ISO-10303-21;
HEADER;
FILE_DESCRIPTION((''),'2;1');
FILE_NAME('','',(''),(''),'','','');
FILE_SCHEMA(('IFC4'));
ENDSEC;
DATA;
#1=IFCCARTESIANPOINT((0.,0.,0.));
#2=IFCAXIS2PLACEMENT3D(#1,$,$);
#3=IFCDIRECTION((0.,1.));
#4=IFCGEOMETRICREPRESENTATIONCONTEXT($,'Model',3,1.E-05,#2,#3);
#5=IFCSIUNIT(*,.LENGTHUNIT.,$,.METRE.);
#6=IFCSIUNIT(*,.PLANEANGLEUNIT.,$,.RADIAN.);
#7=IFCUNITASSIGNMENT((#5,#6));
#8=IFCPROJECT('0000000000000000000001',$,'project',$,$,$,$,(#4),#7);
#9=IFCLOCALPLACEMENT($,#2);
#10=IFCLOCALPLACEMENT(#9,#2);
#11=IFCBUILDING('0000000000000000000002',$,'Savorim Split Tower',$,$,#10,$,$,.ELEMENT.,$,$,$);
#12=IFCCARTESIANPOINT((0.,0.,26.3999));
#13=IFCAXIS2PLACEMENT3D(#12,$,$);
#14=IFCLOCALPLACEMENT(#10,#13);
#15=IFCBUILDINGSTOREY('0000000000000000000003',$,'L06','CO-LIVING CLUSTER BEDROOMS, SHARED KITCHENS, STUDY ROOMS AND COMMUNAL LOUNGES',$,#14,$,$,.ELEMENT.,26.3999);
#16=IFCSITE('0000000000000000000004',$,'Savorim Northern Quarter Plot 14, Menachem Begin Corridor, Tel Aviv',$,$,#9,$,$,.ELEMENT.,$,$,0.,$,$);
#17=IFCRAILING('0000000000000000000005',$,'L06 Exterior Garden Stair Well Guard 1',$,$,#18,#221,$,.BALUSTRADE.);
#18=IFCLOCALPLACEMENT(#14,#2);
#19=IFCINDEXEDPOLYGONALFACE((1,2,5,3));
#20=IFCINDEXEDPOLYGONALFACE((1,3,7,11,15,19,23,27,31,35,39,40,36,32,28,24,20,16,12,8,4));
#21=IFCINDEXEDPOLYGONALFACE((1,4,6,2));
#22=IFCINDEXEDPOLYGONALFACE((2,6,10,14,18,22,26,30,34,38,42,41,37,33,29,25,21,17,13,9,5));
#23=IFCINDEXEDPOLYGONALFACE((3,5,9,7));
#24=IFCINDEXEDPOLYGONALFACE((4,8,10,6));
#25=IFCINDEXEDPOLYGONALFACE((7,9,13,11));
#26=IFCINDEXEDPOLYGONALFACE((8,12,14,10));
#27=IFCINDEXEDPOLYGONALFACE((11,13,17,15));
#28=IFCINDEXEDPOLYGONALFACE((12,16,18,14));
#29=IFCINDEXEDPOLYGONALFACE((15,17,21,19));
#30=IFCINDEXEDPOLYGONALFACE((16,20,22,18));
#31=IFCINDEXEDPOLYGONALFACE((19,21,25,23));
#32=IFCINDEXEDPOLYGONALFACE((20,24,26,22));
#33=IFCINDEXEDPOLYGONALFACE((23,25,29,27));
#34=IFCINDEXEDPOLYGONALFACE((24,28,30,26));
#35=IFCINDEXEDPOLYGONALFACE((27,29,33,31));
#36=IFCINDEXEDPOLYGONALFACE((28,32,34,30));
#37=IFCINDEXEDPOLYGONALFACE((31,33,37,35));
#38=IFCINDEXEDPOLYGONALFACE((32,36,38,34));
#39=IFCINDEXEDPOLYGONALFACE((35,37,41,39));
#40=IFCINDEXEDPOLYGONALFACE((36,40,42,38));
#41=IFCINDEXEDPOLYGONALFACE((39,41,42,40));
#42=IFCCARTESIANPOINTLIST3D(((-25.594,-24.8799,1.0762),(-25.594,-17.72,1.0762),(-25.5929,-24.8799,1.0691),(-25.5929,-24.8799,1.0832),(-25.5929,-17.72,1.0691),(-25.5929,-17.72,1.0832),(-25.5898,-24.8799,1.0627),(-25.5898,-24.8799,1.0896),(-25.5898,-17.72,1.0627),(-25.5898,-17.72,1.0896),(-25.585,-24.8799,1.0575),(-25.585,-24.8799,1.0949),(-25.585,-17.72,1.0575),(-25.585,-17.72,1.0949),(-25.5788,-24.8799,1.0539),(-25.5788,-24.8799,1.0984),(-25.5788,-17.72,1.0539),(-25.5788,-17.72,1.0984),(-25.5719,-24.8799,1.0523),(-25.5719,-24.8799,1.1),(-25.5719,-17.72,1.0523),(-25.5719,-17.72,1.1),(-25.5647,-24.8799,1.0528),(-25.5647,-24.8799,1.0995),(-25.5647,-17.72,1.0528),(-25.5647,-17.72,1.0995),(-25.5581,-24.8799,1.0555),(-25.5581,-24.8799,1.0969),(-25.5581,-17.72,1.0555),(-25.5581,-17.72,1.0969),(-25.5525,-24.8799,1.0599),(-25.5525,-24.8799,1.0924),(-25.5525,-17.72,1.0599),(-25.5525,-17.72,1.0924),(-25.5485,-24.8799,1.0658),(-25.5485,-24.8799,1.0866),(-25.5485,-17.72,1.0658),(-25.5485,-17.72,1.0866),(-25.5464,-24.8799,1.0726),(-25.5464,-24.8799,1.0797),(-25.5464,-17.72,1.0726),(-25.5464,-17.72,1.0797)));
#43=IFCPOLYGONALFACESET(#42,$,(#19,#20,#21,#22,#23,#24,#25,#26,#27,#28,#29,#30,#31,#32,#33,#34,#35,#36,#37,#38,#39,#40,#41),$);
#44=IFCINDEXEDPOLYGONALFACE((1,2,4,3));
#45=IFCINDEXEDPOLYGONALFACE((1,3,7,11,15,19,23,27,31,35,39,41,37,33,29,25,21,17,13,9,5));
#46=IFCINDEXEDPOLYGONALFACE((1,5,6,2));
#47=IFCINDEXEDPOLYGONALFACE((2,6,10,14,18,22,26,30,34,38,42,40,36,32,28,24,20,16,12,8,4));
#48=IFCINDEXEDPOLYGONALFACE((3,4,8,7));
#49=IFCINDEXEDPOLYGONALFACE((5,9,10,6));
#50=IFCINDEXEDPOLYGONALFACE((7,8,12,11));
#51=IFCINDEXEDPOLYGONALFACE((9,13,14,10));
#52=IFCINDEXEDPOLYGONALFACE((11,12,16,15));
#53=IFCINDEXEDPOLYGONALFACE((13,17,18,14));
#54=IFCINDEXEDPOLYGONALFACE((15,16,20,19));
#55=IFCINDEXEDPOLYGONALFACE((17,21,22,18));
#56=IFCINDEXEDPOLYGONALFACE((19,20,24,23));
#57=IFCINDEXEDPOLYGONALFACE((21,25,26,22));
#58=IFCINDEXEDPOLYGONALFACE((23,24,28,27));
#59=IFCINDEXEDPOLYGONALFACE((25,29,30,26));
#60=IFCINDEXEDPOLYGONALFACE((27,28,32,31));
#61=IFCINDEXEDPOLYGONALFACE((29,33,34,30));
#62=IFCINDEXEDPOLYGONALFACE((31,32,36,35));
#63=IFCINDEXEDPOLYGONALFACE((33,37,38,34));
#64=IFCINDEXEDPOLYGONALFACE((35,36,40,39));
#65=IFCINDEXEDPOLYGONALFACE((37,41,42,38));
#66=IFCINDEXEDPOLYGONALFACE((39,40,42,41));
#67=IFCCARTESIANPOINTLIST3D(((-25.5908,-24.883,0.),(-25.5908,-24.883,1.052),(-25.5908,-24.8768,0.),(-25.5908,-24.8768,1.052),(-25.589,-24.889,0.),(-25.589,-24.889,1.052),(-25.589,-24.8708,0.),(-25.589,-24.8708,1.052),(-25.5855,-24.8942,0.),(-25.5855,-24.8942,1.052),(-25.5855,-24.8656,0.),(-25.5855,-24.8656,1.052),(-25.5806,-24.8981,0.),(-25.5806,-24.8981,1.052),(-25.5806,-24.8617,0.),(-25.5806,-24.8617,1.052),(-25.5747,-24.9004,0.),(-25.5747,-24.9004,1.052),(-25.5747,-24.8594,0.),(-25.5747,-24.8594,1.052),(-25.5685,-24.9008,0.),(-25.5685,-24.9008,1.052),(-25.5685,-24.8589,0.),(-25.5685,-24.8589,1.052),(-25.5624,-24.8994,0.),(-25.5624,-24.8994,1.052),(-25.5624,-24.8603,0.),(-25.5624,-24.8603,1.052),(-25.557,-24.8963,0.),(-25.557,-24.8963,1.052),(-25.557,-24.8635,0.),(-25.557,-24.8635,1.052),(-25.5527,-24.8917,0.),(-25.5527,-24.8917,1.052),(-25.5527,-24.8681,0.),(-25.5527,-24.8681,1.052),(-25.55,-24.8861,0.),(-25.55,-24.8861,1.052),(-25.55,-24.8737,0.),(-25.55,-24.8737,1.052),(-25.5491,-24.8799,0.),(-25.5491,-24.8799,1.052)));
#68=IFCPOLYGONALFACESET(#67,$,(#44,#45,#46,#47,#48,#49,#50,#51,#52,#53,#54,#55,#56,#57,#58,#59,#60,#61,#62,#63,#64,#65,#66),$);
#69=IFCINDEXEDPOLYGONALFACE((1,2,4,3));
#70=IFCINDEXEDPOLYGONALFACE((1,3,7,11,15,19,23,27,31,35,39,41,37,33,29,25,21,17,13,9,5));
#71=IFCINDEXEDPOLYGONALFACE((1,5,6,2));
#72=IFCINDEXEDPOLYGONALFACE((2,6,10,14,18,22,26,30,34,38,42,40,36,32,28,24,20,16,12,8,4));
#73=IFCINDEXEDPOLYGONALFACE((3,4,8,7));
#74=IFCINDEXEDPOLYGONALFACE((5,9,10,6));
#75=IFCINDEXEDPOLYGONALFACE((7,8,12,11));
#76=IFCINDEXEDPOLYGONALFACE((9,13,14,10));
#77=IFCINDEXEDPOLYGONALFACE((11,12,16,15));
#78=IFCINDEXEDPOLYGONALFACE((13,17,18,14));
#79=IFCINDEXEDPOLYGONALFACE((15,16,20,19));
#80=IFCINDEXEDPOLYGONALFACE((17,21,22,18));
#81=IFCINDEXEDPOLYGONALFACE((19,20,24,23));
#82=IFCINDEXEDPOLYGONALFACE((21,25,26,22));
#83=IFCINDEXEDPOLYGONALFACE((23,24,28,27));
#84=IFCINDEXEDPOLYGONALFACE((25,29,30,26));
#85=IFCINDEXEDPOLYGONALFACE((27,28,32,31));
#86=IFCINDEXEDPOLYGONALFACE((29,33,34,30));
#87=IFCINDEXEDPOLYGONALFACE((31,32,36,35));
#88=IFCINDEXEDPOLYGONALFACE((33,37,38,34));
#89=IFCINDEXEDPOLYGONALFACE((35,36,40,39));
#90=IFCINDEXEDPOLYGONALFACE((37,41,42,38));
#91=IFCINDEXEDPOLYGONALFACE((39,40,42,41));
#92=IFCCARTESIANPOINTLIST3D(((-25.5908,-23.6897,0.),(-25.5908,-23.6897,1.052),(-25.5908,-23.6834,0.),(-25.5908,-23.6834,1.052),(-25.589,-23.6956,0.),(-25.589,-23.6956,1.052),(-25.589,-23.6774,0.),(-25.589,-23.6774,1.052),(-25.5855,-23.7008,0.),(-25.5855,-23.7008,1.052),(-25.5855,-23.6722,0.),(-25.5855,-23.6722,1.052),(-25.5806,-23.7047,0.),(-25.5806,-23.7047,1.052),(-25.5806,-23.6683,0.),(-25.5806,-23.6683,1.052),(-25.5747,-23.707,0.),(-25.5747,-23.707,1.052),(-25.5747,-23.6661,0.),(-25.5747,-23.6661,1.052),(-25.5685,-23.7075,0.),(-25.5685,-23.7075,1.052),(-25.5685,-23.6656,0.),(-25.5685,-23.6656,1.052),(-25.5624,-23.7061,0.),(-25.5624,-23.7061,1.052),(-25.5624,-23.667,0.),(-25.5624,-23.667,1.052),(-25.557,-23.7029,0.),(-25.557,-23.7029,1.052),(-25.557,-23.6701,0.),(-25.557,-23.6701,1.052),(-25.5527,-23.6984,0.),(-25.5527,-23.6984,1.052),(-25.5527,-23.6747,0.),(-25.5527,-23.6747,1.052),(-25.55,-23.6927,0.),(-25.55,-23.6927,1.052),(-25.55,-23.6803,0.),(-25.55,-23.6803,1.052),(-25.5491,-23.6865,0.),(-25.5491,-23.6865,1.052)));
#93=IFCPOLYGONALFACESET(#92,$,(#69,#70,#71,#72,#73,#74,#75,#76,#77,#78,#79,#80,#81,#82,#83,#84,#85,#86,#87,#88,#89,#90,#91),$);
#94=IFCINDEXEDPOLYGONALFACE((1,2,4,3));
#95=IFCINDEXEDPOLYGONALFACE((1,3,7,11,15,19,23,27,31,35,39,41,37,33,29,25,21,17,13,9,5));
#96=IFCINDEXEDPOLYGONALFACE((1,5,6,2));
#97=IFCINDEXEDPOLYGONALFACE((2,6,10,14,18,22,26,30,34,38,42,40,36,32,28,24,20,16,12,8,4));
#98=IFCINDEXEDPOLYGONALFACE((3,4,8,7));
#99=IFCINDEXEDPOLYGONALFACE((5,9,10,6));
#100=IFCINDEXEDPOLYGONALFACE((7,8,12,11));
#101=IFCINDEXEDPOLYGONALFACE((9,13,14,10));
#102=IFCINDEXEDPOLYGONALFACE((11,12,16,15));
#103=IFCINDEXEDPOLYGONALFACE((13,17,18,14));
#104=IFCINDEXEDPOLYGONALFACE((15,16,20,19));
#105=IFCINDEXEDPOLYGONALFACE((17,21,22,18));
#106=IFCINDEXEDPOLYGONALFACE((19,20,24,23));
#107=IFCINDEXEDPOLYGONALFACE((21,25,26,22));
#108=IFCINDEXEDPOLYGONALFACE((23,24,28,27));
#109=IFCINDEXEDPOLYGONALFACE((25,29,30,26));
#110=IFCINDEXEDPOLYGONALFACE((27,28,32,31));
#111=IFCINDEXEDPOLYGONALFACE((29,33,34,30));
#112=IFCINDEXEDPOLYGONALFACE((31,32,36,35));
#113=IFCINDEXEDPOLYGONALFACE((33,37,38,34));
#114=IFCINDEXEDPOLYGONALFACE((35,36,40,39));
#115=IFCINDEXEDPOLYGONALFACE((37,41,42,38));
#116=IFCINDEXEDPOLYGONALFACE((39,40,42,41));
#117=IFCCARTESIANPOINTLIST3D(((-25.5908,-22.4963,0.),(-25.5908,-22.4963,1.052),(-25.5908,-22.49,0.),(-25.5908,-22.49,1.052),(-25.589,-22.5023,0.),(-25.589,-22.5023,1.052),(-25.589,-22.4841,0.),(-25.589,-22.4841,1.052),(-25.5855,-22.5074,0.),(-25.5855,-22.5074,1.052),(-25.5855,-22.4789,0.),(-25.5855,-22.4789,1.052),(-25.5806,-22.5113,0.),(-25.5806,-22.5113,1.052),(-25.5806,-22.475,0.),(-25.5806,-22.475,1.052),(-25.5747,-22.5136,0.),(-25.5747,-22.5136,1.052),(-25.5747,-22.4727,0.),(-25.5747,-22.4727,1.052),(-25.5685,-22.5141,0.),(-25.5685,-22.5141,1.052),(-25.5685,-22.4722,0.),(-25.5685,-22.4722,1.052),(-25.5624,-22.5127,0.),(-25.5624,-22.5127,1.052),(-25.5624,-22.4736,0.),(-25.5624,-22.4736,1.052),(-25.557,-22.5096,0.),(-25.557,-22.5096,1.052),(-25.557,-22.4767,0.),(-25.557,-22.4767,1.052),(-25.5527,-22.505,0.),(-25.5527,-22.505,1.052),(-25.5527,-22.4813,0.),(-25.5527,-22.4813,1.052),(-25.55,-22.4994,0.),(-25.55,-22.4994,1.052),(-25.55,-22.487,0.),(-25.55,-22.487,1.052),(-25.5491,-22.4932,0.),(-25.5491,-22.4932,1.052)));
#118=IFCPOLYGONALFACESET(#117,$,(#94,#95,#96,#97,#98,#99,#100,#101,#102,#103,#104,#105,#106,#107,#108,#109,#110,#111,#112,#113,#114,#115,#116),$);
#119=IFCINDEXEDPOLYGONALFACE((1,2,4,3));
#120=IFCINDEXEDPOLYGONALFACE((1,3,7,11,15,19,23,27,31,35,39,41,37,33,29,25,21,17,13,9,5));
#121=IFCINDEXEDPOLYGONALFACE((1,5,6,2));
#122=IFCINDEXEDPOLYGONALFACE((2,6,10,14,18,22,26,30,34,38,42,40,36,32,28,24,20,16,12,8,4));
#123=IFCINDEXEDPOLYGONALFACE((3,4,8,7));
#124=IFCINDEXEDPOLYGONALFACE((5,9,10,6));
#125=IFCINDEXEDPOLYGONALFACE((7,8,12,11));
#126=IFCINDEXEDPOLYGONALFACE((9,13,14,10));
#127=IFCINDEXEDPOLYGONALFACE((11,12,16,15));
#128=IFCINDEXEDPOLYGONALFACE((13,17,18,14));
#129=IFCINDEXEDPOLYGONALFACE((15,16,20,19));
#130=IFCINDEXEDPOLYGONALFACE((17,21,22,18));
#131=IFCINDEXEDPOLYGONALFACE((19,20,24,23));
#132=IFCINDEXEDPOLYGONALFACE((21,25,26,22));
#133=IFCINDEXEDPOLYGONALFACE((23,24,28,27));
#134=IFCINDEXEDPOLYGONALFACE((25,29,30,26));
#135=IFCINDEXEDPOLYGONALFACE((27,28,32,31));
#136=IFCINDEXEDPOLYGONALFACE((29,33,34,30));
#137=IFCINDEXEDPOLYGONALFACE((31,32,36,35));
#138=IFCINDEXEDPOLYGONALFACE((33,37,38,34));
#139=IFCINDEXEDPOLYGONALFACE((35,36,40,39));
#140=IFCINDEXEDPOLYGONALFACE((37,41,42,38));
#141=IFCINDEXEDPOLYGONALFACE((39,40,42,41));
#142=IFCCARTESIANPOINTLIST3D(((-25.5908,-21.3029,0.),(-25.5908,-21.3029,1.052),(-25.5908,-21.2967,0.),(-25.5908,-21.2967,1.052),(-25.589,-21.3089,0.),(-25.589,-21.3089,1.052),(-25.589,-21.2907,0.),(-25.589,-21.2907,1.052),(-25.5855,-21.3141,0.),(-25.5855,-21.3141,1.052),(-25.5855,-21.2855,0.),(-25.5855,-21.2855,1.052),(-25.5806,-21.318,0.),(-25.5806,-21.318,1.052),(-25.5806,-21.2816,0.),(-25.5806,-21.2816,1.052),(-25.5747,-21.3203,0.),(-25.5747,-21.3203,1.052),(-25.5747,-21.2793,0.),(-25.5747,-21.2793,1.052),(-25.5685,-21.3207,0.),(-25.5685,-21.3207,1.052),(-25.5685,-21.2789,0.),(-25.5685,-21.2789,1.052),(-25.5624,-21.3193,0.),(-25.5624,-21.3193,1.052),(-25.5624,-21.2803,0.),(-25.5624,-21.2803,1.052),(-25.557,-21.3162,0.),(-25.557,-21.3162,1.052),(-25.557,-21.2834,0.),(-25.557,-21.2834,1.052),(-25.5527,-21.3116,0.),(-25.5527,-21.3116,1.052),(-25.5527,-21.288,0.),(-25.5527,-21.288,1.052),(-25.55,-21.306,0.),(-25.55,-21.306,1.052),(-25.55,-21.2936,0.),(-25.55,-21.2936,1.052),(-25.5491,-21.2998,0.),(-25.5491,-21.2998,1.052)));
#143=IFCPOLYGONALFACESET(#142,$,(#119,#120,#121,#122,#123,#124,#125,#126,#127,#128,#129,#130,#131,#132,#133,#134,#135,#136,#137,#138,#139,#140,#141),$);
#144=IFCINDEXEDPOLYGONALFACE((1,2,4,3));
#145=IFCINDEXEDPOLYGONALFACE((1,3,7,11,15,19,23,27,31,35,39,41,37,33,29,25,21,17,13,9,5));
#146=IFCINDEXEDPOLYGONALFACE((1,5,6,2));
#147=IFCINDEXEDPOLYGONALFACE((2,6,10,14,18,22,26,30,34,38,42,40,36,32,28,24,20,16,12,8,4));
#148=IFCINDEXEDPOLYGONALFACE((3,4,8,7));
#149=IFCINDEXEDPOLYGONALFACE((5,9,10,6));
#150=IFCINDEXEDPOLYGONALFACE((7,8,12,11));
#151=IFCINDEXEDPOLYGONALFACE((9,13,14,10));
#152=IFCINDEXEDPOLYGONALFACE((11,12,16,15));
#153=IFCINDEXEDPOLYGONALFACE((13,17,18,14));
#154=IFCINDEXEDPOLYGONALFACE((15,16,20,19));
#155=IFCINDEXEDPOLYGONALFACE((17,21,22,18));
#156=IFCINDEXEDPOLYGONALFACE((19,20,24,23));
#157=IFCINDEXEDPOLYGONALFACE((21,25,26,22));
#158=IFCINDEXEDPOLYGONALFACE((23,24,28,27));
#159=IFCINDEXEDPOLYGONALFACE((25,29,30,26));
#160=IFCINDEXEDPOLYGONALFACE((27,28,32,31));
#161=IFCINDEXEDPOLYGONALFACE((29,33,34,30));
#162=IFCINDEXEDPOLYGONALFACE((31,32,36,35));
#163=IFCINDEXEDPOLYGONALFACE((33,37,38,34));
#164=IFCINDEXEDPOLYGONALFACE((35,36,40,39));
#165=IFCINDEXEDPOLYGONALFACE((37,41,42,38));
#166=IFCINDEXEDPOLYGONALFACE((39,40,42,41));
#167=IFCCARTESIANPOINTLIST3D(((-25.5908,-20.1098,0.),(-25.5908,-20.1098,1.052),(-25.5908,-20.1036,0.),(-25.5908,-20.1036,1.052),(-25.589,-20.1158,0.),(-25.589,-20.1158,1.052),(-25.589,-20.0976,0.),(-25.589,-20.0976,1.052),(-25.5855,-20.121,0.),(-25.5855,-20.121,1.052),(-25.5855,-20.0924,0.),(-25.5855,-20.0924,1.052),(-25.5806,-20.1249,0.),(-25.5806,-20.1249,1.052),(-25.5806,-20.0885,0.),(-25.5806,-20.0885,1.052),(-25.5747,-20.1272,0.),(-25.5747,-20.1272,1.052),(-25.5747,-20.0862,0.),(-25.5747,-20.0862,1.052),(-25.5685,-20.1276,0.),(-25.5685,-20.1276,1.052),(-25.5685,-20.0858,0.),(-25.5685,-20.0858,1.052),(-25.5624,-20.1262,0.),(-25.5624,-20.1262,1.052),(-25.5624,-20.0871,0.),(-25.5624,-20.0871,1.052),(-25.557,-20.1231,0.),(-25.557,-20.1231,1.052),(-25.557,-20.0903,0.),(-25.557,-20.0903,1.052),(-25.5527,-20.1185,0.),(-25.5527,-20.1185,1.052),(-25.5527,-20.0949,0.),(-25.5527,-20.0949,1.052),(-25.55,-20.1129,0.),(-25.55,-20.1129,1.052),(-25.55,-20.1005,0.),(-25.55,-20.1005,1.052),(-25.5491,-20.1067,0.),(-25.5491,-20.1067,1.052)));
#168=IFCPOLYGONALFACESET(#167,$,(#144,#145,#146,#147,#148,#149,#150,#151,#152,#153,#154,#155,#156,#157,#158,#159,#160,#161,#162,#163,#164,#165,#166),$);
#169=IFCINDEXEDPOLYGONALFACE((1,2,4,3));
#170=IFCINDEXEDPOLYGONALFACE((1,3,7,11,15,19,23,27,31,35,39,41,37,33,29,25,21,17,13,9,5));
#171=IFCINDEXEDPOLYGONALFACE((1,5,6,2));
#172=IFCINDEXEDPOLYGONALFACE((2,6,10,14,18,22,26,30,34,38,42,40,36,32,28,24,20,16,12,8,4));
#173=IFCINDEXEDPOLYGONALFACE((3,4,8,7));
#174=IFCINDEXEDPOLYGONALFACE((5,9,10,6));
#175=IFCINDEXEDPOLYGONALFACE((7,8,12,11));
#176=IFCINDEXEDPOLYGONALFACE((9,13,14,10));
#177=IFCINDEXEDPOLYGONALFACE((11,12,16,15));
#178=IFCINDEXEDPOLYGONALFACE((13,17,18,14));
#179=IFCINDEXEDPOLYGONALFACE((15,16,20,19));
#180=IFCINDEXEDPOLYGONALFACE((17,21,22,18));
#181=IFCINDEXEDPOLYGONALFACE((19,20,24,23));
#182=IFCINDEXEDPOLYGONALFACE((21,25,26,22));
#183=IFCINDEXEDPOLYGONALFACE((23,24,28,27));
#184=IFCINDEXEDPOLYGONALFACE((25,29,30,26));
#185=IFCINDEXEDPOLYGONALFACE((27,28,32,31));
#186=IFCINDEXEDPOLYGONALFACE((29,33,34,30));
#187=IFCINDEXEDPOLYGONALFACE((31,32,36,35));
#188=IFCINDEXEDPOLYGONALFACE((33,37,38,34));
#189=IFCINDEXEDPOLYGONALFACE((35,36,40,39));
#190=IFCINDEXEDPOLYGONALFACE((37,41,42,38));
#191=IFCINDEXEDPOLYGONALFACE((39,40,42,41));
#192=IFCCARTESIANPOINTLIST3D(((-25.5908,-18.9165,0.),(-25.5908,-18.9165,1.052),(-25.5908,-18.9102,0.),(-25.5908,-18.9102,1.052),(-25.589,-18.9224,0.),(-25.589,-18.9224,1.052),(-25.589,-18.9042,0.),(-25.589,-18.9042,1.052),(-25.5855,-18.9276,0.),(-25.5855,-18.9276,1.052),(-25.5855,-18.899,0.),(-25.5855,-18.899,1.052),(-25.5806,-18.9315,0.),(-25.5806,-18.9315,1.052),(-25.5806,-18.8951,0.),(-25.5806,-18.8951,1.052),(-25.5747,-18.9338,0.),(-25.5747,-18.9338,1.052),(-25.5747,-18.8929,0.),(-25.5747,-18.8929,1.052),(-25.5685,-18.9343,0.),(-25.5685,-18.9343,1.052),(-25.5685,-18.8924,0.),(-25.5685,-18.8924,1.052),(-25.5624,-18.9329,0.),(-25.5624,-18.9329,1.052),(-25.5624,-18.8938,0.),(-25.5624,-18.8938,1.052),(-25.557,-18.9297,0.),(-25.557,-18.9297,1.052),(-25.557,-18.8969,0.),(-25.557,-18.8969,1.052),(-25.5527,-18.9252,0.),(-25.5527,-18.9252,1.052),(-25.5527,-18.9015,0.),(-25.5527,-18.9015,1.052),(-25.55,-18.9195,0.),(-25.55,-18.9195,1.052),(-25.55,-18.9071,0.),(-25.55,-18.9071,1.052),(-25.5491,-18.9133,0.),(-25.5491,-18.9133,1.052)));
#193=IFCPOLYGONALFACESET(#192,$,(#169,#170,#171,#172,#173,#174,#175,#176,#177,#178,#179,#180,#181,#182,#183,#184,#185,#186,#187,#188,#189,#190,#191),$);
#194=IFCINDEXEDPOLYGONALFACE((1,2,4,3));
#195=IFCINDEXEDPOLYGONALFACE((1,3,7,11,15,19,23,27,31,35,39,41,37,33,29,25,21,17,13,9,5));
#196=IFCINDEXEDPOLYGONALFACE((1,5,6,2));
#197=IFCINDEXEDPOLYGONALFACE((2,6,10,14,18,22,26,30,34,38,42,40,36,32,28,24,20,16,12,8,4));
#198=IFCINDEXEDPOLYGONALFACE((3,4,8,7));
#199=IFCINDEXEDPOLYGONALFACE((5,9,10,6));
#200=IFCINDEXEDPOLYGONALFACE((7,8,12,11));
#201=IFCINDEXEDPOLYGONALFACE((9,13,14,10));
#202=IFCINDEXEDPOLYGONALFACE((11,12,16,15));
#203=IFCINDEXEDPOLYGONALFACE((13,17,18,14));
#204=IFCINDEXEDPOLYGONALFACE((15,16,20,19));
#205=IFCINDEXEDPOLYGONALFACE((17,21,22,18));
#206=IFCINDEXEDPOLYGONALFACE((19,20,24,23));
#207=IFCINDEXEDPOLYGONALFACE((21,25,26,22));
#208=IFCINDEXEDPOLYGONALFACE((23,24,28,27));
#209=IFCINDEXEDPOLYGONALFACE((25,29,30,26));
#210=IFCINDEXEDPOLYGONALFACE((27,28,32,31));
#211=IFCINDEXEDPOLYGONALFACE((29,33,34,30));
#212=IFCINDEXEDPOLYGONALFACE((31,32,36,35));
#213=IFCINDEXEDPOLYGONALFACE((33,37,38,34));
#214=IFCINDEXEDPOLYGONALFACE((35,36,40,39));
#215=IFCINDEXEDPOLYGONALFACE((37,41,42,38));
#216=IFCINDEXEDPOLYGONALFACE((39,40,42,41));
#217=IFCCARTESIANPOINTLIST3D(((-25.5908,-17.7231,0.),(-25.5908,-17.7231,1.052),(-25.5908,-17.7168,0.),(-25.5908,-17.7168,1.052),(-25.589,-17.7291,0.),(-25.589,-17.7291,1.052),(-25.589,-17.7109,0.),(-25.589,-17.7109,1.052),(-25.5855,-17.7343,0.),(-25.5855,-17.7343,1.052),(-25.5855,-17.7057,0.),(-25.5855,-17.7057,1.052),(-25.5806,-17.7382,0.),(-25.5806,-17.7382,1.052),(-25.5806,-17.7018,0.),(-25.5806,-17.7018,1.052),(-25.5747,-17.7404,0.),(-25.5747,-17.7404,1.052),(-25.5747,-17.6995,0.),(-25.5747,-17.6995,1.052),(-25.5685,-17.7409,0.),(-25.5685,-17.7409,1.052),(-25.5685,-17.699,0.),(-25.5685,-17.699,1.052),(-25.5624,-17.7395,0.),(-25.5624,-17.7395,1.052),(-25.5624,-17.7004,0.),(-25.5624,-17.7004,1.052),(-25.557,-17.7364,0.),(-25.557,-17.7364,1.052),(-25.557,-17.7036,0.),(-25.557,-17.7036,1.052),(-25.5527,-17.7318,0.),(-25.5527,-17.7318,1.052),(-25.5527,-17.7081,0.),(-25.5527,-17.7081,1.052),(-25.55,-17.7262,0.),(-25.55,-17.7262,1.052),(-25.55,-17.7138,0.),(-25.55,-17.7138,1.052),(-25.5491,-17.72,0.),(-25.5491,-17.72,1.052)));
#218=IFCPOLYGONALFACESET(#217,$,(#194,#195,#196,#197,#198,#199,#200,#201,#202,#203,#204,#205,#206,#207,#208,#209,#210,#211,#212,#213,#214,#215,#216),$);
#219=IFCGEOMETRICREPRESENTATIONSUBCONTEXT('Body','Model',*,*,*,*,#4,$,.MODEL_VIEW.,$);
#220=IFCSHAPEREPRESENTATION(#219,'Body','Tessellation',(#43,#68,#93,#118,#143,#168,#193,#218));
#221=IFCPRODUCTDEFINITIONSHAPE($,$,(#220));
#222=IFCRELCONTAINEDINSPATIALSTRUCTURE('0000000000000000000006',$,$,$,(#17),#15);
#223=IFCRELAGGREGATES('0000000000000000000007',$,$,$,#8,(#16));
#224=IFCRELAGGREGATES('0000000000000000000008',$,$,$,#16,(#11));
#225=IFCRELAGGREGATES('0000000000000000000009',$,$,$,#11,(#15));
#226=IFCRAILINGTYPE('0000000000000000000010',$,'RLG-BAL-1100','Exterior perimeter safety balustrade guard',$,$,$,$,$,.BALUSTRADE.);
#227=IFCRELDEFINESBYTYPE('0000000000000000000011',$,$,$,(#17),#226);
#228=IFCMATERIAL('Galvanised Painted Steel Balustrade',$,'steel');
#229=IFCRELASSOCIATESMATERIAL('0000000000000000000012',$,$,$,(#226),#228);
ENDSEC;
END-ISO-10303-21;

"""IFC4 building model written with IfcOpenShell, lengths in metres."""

from ifc_helpers import new_model, si_unit, direction, frame, origin, origin_2d, place, context, subcontext, project, spatial, circle, extrude, material, type_object, element, save


model = new_model("IFC4")

# Units and contexts
model_context = context("Model", 3, precision=1e-05, world=origin(), true_north=direction((0.0, 1.0)))
body_context = subcontext(model_context, "Body", "Model", "MODEL_VIEW")
ifc_project = project(units=[si_unit("LENGTHUNIT", "METRE"), si_unit("PLANEANGLEUNIT", "RADIAN")], contexts=[model_context])

# Site, building, storey
site_placement = place(None, origin())
site = spatial("IfcSite", under=ifc_project, at=site_placement, Name="Savorim Northern Quarter Plot 14, Menachem Begin Corridor, Tel Aviv", CompositionType="ELEMENT", RefElevation=0.0)
building_placement = place(site_placement, origin())
building = spatial("IfcBuilding", under=site, at=building_placement, Name="Savorim Split Tower", CompositionType="ELEMENT")
storey_placement = place(building_placement, frame((0.0, 0.0, 26.3999)))
storey = spatial("IfcBuildingStorey", under=building, at=storey_placement, Name="L06", Description="CO-LIVING CLUSTER BEDROOMS, SHARED KITCHENS, STUDY ROOMS AND COMMUNAL LOUNGES", CompositionType="ELEMENT", Elevation=26.3999)

# Railing
ifc_material_1 = material(Name="Galvanised Painted Steel Balustrade", Category="steel")
railing_type_1 = type_object("IfcRailingType", Name="RLG-BAL-1100", Description="Exterior perimeter safety balustrade guard", PredefinedType="BALUSTRADE", material=ifc_material_1)
railing_1_placement = place(storey_placement, frame((-25.5701, -24.8799, 0.0)))
element("IfcRailing", 1, at=railing_1_placement, inside=storey, type_object=railing_type_1, Name="L06 Exterior Garden Stair Well Guard 1", PredefinedType="BALUSTRADE", context=body_context, shape_type="SweptSolid", body=[
    extrude(circle(Radius=0.0239, at=origin_2d()), frame((0.0, 0.0, 1.0762), z_axis=(0.0, 1.0, 0.0), x_axis=(-1.0, 0.0, 0.0)), (0.0, 0.0, 1.0), 7.1599),
    extrude(circle(Radius=0.021, at=origin_2d()), origin(), (0.0, 0.0, 1.0), 1.052),
    extrude(circle(Radius=0.021, at=origin_2d()), frame((0.0, 1.1934, 0.0)), (0.0, 0.0, 1.0), 1.052),
    extrude(circle(Radius=0.021, at=origin_2d()), frame((0.0, 2.3867, 0.0)), (0.0, 0.0, 1.0), 1.052),
    extrude(circle(Radius=0.021, at=origin_2d()), frame((0.0, 3.5801, 0.0)), (0.0, 0.0, 1.0), 1.052),
    extrude(circle(Radius=0.021, at=origin_2d()), frame((0.0, 4.7732, 0.0)), (0.0, 0.0, 1.0), 1.052),
    extrude(circle(Radius=0.021, at=origin_2d()), frame((0.0, 5.9666, 0.0)), (0.0, 0.0, 1.0), 1.052),
    extrude(circle(Radius=0.021, at=origin_2d()), frame((0.0, 7.1599, 0.0)), (0.0, 0.0, 1.0), 1.052),
])

save(model, "model.ifc")
